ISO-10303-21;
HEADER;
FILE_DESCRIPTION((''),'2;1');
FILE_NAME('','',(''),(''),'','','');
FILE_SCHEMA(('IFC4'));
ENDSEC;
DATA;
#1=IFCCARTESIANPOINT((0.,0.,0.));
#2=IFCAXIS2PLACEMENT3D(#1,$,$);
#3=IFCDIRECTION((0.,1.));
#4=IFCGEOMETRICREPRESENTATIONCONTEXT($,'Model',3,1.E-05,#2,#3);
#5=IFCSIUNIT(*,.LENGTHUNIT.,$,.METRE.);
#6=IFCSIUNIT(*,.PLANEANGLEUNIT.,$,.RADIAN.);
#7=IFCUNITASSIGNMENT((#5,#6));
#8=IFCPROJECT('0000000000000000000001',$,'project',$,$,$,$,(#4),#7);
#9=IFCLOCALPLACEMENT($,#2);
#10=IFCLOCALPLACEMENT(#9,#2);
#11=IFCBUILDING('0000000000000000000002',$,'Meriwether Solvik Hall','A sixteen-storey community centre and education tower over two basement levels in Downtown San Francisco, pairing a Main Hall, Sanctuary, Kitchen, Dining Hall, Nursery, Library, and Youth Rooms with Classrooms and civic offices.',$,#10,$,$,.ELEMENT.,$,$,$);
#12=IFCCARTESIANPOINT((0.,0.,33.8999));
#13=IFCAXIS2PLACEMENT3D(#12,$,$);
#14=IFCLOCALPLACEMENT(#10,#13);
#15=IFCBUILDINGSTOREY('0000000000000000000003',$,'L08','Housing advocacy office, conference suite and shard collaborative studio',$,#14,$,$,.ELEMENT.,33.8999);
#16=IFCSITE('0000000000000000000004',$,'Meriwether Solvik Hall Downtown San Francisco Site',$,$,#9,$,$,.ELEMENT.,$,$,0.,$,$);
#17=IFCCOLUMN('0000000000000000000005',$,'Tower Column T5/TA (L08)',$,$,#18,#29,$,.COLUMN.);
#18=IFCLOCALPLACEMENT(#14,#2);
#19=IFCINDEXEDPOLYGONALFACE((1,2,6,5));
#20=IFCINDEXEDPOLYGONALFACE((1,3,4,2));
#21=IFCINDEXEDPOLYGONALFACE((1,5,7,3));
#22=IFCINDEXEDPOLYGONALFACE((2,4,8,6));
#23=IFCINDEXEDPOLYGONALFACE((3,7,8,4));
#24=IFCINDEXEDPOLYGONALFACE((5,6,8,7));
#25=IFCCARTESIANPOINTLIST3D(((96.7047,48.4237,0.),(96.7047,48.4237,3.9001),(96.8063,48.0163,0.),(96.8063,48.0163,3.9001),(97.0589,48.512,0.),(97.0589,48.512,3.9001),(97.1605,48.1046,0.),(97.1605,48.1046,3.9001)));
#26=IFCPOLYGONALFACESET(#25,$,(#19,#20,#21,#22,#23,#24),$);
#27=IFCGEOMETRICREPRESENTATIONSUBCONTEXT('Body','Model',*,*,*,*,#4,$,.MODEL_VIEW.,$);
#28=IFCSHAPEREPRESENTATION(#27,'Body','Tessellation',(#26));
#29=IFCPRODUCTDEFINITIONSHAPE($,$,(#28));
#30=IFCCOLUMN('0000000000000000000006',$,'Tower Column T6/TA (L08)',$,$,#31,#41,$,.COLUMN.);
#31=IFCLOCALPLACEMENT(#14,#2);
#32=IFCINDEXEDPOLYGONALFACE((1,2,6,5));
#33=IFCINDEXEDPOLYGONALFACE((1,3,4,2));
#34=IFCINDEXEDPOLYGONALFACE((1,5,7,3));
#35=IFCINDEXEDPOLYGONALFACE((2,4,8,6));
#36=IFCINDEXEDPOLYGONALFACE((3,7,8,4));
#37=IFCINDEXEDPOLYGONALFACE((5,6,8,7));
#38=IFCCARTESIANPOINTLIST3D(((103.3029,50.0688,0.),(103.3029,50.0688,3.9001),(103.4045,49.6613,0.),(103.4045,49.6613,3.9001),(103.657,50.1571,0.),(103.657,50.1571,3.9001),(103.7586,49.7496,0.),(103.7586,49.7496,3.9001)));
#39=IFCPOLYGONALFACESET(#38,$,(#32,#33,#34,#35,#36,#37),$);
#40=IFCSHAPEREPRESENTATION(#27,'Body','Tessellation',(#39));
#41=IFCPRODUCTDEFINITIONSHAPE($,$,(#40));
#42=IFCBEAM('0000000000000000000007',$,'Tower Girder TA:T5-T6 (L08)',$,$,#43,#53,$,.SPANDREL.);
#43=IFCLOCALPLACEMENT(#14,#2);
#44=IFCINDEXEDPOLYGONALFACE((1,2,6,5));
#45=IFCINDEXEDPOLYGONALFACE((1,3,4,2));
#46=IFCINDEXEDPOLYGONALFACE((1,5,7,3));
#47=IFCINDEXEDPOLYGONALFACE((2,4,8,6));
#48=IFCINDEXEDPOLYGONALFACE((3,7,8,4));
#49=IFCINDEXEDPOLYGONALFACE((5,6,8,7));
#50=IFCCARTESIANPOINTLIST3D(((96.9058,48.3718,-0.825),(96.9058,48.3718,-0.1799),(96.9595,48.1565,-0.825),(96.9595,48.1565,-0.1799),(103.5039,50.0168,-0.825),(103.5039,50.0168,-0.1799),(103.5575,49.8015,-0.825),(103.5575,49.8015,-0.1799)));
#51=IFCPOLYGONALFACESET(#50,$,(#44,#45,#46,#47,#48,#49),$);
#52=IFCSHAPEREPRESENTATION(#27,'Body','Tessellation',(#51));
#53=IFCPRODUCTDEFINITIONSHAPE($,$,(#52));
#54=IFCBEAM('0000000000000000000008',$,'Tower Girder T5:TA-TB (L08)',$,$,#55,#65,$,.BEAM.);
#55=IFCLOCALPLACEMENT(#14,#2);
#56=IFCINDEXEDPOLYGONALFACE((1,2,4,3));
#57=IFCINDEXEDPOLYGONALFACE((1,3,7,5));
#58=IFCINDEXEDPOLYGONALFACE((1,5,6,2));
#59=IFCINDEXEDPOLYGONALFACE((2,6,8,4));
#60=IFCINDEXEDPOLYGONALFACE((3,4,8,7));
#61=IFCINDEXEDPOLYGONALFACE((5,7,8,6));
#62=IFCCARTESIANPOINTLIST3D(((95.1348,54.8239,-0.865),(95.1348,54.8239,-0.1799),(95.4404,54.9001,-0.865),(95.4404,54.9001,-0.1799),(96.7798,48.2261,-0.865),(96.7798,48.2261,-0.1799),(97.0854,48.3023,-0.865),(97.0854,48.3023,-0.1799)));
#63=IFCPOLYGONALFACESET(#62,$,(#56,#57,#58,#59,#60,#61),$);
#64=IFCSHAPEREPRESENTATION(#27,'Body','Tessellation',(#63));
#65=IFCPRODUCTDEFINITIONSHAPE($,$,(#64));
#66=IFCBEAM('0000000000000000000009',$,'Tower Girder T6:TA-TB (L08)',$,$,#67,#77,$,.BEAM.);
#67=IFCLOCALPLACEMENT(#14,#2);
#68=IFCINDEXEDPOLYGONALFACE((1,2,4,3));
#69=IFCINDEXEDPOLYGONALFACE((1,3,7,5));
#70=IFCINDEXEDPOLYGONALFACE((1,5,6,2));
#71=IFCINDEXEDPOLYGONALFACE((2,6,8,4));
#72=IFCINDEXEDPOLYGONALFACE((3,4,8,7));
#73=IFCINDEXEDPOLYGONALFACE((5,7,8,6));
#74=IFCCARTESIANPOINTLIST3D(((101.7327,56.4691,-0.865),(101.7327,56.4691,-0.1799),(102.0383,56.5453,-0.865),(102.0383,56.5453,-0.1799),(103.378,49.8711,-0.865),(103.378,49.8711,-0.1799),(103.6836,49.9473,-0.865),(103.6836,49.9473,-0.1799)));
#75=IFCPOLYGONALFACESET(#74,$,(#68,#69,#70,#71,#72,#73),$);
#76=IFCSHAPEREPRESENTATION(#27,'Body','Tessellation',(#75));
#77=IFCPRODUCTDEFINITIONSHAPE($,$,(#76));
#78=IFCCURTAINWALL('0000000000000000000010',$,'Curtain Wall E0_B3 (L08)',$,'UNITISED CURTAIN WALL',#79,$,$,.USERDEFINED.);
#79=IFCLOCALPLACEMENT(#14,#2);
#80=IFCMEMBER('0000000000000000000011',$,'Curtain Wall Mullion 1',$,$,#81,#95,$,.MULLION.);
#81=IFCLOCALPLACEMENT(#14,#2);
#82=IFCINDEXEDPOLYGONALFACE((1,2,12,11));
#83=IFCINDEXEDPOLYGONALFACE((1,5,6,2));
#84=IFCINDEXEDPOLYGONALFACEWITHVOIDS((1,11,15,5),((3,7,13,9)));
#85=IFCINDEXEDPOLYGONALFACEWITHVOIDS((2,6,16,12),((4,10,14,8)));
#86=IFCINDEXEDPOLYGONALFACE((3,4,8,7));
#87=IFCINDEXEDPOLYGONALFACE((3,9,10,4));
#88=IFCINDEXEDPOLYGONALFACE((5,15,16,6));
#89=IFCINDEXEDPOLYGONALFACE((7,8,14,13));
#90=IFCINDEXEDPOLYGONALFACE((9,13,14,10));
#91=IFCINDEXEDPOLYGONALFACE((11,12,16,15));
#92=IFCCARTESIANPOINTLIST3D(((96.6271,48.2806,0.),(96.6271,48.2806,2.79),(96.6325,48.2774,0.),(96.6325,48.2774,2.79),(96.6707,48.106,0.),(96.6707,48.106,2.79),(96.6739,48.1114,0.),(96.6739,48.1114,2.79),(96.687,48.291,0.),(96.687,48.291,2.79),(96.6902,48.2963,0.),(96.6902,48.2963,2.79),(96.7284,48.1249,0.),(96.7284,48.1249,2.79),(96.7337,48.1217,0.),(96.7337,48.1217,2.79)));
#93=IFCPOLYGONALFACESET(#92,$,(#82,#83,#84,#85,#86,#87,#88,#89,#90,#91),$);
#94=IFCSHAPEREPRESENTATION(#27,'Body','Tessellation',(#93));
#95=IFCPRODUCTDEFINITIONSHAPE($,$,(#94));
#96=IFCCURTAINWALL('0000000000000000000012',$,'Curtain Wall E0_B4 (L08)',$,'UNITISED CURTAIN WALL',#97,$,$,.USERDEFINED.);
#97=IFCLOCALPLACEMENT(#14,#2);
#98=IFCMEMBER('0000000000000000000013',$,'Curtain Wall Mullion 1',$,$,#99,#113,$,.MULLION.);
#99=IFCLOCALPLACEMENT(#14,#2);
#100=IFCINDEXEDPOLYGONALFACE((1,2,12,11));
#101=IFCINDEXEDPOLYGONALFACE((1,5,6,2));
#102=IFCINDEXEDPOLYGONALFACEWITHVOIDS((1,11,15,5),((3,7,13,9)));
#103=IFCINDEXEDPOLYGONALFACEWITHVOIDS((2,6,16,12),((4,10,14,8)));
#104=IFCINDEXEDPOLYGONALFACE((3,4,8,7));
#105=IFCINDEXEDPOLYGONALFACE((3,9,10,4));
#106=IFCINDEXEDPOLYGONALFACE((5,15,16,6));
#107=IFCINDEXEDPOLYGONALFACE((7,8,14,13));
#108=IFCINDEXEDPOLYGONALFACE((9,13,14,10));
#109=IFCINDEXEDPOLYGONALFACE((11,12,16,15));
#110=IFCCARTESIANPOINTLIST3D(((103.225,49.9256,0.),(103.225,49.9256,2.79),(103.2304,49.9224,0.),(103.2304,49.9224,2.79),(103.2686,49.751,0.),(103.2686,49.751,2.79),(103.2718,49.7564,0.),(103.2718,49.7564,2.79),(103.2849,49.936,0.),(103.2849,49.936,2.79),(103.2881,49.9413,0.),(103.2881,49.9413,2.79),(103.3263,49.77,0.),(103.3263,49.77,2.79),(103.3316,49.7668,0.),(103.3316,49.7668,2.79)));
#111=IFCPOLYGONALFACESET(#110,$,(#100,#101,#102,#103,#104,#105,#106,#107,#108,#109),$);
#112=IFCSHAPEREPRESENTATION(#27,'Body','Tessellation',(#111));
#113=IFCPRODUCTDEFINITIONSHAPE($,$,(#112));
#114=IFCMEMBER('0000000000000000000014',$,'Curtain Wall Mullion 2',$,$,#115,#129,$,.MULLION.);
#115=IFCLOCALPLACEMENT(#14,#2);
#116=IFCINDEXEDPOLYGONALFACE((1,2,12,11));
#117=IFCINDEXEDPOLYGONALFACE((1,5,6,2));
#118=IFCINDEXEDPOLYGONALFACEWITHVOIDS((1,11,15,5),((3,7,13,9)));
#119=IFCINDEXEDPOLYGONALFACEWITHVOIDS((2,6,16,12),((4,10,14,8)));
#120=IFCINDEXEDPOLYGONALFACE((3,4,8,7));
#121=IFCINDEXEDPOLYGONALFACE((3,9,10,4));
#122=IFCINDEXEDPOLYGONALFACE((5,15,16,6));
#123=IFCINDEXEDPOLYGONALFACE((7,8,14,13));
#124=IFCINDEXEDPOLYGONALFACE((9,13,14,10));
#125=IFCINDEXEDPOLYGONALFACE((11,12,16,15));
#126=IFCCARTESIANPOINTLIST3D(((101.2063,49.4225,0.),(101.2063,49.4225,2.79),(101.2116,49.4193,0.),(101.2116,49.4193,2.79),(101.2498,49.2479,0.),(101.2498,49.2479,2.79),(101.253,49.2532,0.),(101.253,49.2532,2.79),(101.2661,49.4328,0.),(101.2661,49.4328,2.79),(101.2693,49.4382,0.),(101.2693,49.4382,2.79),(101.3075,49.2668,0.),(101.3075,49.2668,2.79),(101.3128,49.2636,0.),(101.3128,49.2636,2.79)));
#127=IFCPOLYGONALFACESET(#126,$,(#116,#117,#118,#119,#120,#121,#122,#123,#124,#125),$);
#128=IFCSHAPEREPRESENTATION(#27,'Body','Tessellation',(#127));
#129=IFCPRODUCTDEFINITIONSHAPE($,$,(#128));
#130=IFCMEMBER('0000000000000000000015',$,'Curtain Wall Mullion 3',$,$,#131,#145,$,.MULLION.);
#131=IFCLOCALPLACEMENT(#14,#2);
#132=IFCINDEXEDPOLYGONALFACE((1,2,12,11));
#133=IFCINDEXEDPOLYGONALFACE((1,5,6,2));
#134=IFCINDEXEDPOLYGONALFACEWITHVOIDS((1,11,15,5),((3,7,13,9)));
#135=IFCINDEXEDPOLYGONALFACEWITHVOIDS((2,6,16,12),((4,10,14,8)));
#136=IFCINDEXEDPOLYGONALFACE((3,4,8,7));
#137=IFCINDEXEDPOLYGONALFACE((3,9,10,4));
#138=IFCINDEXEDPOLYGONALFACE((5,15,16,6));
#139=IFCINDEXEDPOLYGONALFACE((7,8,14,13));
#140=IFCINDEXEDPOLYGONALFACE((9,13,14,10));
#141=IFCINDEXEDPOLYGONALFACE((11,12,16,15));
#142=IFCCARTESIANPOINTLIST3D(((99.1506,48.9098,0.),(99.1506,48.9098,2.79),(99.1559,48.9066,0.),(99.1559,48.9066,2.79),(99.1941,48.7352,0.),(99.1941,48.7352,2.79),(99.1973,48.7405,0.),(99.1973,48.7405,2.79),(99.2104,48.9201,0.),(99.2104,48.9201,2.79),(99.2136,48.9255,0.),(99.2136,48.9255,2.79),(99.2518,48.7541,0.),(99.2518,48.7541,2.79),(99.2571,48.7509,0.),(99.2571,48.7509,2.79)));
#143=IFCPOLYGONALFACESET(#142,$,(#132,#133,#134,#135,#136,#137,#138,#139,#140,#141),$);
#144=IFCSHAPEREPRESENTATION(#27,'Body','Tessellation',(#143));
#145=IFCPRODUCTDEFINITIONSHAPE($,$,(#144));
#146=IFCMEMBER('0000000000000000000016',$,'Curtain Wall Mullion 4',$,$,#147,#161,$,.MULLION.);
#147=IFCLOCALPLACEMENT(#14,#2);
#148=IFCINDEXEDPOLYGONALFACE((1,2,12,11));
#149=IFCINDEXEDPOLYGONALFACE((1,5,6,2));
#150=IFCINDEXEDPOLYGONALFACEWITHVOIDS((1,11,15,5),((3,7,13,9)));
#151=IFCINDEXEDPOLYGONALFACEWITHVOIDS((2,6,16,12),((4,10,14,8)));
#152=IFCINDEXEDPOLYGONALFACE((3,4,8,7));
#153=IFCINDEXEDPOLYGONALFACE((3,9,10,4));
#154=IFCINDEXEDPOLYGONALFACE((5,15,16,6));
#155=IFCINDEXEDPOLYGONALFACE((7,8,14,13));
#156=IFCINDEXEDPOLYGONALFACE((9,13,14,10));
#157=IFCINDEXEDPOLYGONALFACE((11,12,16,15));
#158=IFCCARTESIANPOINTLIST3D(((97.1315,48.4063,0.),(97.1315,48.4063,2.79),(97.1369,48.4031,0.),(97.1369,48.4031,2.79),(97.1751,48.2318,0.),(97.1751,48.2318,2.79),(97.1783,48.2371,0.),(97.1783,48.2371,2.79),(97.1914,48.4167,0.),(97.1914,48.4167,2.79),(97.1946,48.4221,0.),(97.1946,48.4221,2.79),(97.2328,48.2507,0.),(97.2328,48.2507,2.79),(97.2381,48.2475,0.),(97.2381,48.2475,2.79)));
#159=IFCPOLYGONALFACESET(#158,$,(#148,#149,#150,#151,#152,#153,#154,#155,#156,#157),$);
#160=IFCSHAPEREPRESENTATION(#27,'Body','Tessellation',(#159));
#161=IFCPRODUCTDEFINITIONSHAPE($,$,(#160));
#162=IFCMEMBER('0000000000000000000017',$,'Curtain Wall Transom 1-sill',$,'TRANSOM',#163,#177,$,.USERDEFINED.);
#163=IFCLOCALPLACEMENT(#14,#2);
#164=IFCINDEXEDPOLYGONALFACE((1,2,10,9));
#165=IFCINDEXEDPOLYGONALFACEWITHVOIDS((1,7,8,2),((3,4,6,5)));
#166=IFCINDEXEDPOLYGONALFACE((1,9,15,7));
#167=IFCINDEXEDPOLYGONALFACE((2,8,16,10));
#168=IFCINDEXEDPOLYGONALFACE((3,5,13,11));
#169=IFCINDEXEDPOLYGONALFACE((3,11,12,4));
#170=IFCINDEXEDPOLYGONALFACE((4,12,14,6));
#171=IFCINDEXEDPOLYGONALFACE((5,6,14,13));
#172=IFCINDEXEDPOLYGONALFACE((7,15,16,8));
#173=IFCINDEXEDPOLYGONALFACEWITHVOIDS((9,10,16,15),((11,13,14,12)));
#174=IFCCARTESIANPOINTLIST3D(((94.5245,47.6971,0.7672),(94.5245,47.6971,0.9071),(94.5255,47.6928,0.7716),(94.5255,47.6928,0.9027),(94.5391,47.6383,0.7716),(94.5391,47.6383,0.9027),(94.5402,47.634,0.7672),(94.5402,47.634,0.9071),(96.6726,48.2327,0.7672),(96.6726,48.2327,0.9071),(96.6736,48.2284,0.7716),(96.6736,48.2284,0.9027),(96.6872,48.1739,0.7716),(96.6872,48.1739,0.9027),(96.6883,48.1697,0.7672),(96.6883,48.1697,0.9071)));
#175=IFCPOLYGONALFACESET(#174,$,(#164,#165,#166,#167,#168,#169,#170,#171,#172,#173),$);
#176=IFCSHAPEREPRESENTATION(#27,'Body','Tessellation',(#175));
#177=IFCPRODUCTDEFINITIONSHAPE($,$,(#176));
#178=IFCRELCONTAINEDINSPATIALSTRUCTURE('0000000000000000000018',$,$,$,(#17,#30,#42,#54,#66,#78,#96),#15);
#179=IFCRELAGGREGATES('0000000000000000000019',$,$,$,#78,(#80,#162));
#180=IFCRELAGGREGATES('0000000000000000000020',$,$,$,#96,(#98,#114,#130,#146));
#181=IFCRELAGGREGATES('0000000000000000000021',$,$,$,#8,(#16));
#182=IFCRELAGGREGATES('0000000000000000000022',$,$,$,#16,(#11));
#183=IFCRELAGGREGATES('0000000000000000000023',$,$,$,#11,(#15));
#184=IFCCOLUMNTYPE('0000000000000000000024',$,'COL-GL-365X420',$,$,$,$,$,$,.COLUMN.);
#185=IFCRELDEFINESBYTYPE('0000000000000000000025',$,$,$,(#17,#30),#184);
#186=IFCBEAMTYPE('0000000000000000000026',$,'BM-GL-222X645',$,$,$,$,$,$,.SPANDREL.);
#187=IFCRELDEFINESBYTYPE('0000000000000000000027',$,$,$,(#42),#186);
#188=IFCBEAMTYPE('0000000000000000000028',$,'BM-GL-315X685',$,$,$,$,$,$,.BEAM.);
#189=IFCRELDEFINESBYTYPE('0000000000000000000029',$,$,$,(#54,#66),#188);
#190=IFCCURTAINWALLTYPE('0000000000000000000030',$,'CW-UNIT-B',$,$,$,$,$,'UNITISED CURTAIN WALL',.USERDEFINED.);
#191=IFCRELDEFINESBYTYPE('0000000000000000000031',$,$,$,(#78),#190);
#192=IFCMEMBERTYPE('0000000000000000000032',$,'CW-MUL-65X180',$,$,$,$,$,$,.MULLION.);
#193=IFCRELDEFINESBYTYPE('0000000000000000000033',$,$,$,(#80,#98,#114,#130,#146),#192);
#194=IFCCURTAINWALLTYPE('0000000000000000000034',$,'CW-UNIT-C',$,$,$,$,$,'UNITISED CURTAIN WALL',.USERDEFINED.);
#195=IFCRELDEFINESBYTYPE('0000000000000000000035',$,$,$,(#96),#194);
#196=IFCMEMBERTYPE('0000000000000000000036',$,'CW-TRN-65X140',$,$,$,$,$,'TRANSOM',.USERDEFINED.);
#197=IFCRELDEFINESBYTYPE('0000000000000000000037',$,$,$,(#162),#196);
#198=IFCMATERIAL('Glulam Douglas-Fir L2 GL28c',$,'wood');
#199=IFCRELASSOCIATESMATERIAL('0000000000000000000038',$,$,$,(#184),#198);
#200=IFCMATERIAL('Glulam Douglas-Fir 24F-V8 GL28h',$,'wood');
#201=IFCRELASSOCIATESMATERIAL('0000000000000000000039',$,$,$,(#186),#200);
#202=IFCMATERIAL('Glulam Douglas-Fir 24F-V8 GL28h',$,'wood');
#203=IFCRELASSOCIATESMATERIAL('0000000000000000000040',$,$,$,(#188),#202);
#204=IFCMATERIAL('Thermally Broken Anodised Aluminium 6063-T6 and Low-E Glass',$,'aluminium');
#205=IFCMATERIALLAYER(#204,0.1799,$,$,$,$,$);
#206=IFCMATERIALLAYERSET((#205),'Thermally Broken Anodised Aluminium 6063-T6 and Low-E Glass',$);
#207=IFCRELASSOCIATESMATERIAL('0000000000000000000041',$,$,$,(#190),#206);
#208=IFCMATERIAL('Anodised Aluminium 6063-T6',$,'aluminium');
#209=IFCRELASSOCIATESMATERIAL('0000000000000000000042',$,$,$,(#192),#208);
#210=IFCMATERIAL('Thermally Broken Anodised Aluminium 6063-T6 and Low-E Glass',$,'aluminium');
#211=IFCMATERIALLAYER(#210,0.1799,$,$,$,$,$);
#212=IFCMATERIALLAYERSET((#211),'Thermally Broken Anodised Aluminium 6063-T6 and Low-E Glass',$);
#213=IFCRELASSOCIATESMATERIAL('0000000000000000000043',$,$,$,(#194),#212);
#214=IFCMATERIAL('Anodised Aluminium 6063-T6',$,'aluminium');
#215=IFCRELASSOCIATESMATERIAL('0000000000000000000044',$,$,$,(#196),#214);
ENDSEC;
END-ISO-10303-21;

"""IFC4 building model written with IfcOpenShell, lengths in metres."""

from ifc_helpers import new_model, si_unit, direction, frame, origin, origin_2d, place, context, subcontext, project, spatial, rectangle, hollow_rectangle, extrude, material, layer, layer_set, material_profile, profile_set, type_object, element, aggregate, save


model = new_model("IFC4")

# Units and contexts
model_context = context("Model", 3, precision=1e-05, world=origin(), true_north=direction((0.0, 1.0)))
body_context = subcontext(model_context, "Body", "Model", "MODEL_VIEW")
ifc_project = project(units=[si_unit("LENGTHUNIT", "METRE"), si_unit("PLANEANGLEUNIT", "RADIAN")], contexts=[model_context])

# Site, building, storey
site_placement = place(None, origin())
site = spatial("IfcSite", under=ifc_project, at=site_placement, Name="Meriwether Solvik Hall Downtown San Francisco Site", CompositionType="ELEMENT", RefElevation=0.0)
building_placement = place(site_placement, origin())
building = spatial("IfcBuilding", under=site, at=building_placement, Name="Meriwether Solvik Hall", Description="A sixteen-storey community centre and education tower over two basement levels in Downtown San Francisco, pairing a Main Hall, Sanctuary, Kitchen, Dining Hall, Nursery, Library, and Youth Rooms with Classrooms and civic offices.", CompositionType="ELEMENT")
storey_placement = place(building_placement, frame((0.0, 0.0, 33.8999)))
storey = spatial("IfcBuildingStorey", under=building, at=storey_placement, Name="L08", Description="Housing advocacy office, conference suite and shard collaborative studio", CompositionType="ELEMENT", Elevation=33.8999)

# Columns
ifc_material_1 = material(Name="Glulam Douglas-Fir L2 GL28c", Category="wood")
ifc_material_profile_1 = material_profile(ifc_material_1, rectangle(XDim=0.365, YDim=0.4199, at=origin_2d()), Name="GLC-365X420")
ifc_profile_set_1 = profile_set([ifc_material_profile_1], Name="Glulam Douglas-Fir L2 GL28c")
column_type = type_object("IfcColumnType", Name="COL-GL-365X420", PredefinedType="COLUMN", material=ifc_profile_set_1)
for number, where, z_axis, x_axis, name in (
    (1, (96.9326, 48.2642, 0.0), (0.0, 0.0, 1.0), (0.970296, 0.241922, 0.0), "Tower Column T5/TA (L08)"),
    (2, (103.5308, 49.9092, 0.0), (0.0, 0.0, 1.0), (0.970296, 0.241922, 0.0), "Tower Column T6/TA (L08)"),
):
    element("IfcColumn", number, at=place(storey_placement, frame(where, z_axis=z_axis, x_axis=x_axis)), inside=storey, type_object=column_type, Name=name, PredefinedType="COLUMN", context=body_context, shape_type="SweptSolid", body=[
        extrude(rectangle(XDim=0.365, YDim=0.4199, at=origin_2d()), origin(), (0.0, 0.0, 1.0), 3.9001),
    ])

# Beams
ifc_material_2 = material(Name="Glulam Douglas-Fir 24F-V8 GL28h", Category="wood")
ifc_material_profile_2 = material_profile(ifc_material_2, rectangle(XDim=0.2219, YDim=0.645, at=origin_2d()), Name="GLB-222X645")
ifc_profile_set_2 = profile_set([ifc_material_profile_2], Name="Glulam Douglas-Fir 24F-V8 GL28h")
beam_type_1 = type_object("IfcBeamType", Name="BM-GL-222X645", PredefinedType="SPANDREL", material=ifc_profile_set_2)
beam_1_placement = place(storey_placement, frame((96.9326, 48.2642, -0.5024), z_axis=(0.970299, 0.24191, 0.0), x_axis=(-0.24191, 0.970299, 0.0)))
element("IfcBeam", 3, at=beam_1_placement, inside=storey, type_object=beam_type_1, Name="Tower Girder TA:T5-T6 (L08)", PredefinedType="SPANDREL", context=body_context, shape_type="SweptSolid", body=[
    extrude(rectangle(XDim=0.2219, YDim=0.645, at=origin_2d()), origin(), (0.0, 0.0, 1.0), 6.8),
])
ifc_material_3 = material(Name="Glulam Douglas-Fir 24F-V8 GL28h", Category="wood")
ifc_material_profile_3 = material_profile(ifc_material_3, rectangle(XDim=0.3149, YDim=0.6851, at=origin_2d()), Name="GLB-315X685")
ifc_profile_set_3 = profile_set([ifc_material_profile_3], Name="Glulam Douglas-Fir 24F-V8 GL28h")
beam_type_2 = type_object("IfcBeamType", Name="BM-GL-315X685", PredefinedType="BEAM", material=ifc_profile_set_3)
beam_2_placement = place(storey_placement, frame((96.9326, 48.2642, -0.5225), z_axis=(-0.241919, 0.970296, 0.0), x_axis=(-0.970296, -0.241919, 0.0)))
element("IfcBeam", 4, at=beam_2_placement, inside=storey, type_object=beam_type_2, Name="Tower Girder T5:TA-TB (L08)", PredefinedType="BEAM", context=body_context, shape_type="SweptSolid", body=[
    extrude(rectangle(XDim=0.3149, YDim=0.6851, at=origin_2d()), origin(), (0.0, 0.0, 1.0), 6.7998),
])
beam_3_placement = place(storey_placement, frame((103.5308, 49.9092, -0.5225), z_axis=(-0.241953, 0.970288, 0.0), x_axis=(-0.970288, -0.241953, 0.0)))
element("IfcBeam", 5, at=beam_3_placement, inside=storey, type_object=beam_type_2, Name="Tower Girder T6:TA-TB (L08)", PredefinedType="BEAM", context=body_context, shape_type="SweptSolid", body=[
    extrude(rectangle(XDim=0.3149, YDim=0.6851, at=origin_2d()), origin(), (0.0, 0.0, 1.0), 6.8),
])

# Curtain wall, member
ifc_material_4 = material(Name="Thermally Broken Anodised Aluminium 6063-T6 and Low-E Glass", Category="aluminium")
ifc_layer_1 = layer(ifc_material_4, 0.1799)
ifc_layer_set_1 = layer_set([ifc_layer_1], Name="Thermally Broken Anodised Aluminium 6063-T6 and Low-E Glass")
curtain_wall_type_1 = type_object("IfcCurtainWallType", Name="CW-UNIT-B", ElementType="UNITISED CURTAIN WALL", PredefinedType="USERDEFINED", material=ifc_layer_set_1)
curtain_wall_1_placement = place(storey_placement, origin())
curtain_wall_1 = element("IfcCurtainWall", 6, at=curtain_wall_1_placement, inside=storey, type_object=curtain_wall_type_1, Name="Curtain Wall E0_B3 (L08)", ObjectType="UNITISED CURTAIN WALL", PredefinedType="USERDEFINED")
ifc_material_5 = material(Name="Anodised Aluminium 6063-T6", Category="aluminium")
ifc_material_profile_4 = material_profile(ifc_material_5, hollow_rectangle(XDim=0.0649, YDim=0.1799, WallThickness=0.0044, at=origin_2d()), Name="CWM-65X180")
ifc_profile_set_4 = profile_set([ifc_material_profile_4], Name="Anodised Aluminium 6063-T6")
member_type_1 = type_object("IfcMemberType", Name="CW-MUL-65X180", PredefinedType="MULLION", material=ifc_profile_set_4)
member_1_placement = place(storey_placement, frame((96.6804, 48.2012, 0.0), z_axis=(0.0, 0.0, 1.0), x_axis=(-0.970296, -0.241922, 0.0)))
member_1 = element("IfcMember", 7, at=member_1_placement, type_object=member_type_1, Name="Curtain Wall Mullion 1", PredefinedType="MULLION", context=body_context, shape_type="SweptSolid", body=[
    extrude(hollow_rectangle(XDim=0.0649, YDim=0.1799, WallThickness=0.0044, at=origin_2d()), origin(), (0.0, 0.0, 1.0), 2.79),
])

# Curtain wall, members
ifc_material_6 = material(Name="Thermally Broken Anodised Aluminium 6063-T6 and Low-E Glass", Category="aluminium")
ifc_layer_2 = layer(ifc_material_6, 0.1799)
ifc_layer_set_2 = layer_set([ifc_layer_2], Name="Thermally Broken Anodised Aluminium 6063-T6 and Low-E Glass")
curtain_wall_type_2 = type_object("IfcCurtainWallType", Name="CW-UNIT-C", ElementType="UNITISED CURTAIN WALL", PredefinedType="USERDEFINED", material=ifc_layer_set_2)
curtain_wall_2_placement = place(storey_placement, origin())
curtain_wall_2 = element("IfcCurtainWall", 8, at=curtain_wall_2_placement, inside=storey, type_object=curtain_wall_type_2, Name="Curtain Wall E0_B4 (L08)", ObjectType="UNITISED CURTAIN WALL", PredefinedType="USERDEFINED")
member_2_placement = place(storey_placement, frame((103.2783, 49.8462, 0.0), z_axis=(0.0, 0.0, 1.0), x_axis=(-0.970296, -0.241922, 0.0)))
member_2 = element("IfcMember", 9, at=member_2_placement, type_object=member_type_1, Name="Curtain Wall Mullion 1", PredefinedType="MULLION", context=body_context, shape_type="SweptSolid", body=[
    extrude(hollow_rectangle(XDim=0.0649, YDim=0.1799, WallThickness=0.0044, at=origin_2d()), origin(), (0.0, 0.0, 1.0), 2.79),
])
member_3_placement = place(storey_placement, frame((101.2595, 49.343, 0.0), z_axis=(0.0, 0.0, 1.0), x_axis=(-0.970296, -0.241922, 0.0)))
member_3 = element("IfcMember", 10, at=member_3_placement, type_object=member_type_1, Name="Curtain Wall Mullion 2", PredefinedType="MULLION", context=body_context, shape_type="SweptSolid", body=[
    extrude(hollow_rectangle(XDim=0.0649, YDim=0.1799, WallThickness=0.0044, at=origin_2d()), origin(), (0.0, 0.0, 1.0), 2.79),
])
member_4_placement = place(storey_placement, frame((99.2039, 48.8303, 0.0), z_axis=(0.0, 0.0, 1.0), x_axis=(-0.970296, -0.241922, 0.0)))
member_4 = element("IfcMember", 11, at=member_4_placement, type_object=member_type_1, Name="Curtain Wall Mullion 3", PredefinedType="MULLION", context=body_context, shape_type="SweptSolid", body=[
    extrude(hollow_rectangle(XDim=0.0649, YDim=0.1799, WallThickness=0.0044, at=origin_2d()), origin(), (0.0, 0.0, 1.0), 2.79),
])
member_5_placement = place(storey_placement, frame((97.1848, 48.3269, 0.0), z_axis=(0.0, 0.0, 1.0), x_axis=(-0.970296, -0.241922, 0.0)))
member_5 = element("IfcMember", 12, at=member_5_placement, type_object=member_type_1, Name="Curtain Wall Mullion 4", PredefinedType="MULLION", context=body_context, shape_type="SweptSolid", body=[
    extrude(hollow_rectangle(XDim=0.0649, YDim=0.1799, WallThickness=0.0044, at=origin_2d()), origin(), (0.0, 0.0, 1.0), 2.79),
])

# Member
ifc_material_7 = material(Name="Anodised Aluminium 6063-T6", Category="aluminium")
ifc_material_profile_5 = material_profile(ifc_material_7, hollow_rectangle(XDim=0.0649, YDim=0.1399, WallThickness=0.0044, at=origin_2d()), Name="CWT-65X140")
ifc_profile_set_5 = profile_set([ifc_material_profile_5], Name="Anodised Aluminium 6063-T6")
member_type_2 = type_object("IfcMemberType", Name="CW-TRN-65X140", ElementType="TRANSOM", PredefinedType="USERDEFINED", material=ifc_profile_set_5)
member_6_placement = place(storey_placement, frame((96.6804, 48.2012, 0.8372), z_axis=(-0.970292, -0.241939, 0.0), x_axis=(0.241939, -0.970292, 0.0)))
member_6 = element("IfcMember", 13, at=member_6_placement, type_object=member_type_2, Name="Curtain Wall Transom 1-sill", ObjectType="TRANSOM", PredefinedType="USERDEFINED", context=body_context, shape_type="SweptSolid", body=[
    extrude(hollow_rectangle(XDim=0.0649, YDim=0.1399, WallThickness=0.0044, at=origin_2d()), origin(), (0.0, 0.0, 1.0), 2.2139),
])

aggregate(curtain_wall_1, [member_1, member_6])
aggregate(curtain_wall_2, [member_2, member_3, member_4, member_5])

save(model, "model.ifc")
